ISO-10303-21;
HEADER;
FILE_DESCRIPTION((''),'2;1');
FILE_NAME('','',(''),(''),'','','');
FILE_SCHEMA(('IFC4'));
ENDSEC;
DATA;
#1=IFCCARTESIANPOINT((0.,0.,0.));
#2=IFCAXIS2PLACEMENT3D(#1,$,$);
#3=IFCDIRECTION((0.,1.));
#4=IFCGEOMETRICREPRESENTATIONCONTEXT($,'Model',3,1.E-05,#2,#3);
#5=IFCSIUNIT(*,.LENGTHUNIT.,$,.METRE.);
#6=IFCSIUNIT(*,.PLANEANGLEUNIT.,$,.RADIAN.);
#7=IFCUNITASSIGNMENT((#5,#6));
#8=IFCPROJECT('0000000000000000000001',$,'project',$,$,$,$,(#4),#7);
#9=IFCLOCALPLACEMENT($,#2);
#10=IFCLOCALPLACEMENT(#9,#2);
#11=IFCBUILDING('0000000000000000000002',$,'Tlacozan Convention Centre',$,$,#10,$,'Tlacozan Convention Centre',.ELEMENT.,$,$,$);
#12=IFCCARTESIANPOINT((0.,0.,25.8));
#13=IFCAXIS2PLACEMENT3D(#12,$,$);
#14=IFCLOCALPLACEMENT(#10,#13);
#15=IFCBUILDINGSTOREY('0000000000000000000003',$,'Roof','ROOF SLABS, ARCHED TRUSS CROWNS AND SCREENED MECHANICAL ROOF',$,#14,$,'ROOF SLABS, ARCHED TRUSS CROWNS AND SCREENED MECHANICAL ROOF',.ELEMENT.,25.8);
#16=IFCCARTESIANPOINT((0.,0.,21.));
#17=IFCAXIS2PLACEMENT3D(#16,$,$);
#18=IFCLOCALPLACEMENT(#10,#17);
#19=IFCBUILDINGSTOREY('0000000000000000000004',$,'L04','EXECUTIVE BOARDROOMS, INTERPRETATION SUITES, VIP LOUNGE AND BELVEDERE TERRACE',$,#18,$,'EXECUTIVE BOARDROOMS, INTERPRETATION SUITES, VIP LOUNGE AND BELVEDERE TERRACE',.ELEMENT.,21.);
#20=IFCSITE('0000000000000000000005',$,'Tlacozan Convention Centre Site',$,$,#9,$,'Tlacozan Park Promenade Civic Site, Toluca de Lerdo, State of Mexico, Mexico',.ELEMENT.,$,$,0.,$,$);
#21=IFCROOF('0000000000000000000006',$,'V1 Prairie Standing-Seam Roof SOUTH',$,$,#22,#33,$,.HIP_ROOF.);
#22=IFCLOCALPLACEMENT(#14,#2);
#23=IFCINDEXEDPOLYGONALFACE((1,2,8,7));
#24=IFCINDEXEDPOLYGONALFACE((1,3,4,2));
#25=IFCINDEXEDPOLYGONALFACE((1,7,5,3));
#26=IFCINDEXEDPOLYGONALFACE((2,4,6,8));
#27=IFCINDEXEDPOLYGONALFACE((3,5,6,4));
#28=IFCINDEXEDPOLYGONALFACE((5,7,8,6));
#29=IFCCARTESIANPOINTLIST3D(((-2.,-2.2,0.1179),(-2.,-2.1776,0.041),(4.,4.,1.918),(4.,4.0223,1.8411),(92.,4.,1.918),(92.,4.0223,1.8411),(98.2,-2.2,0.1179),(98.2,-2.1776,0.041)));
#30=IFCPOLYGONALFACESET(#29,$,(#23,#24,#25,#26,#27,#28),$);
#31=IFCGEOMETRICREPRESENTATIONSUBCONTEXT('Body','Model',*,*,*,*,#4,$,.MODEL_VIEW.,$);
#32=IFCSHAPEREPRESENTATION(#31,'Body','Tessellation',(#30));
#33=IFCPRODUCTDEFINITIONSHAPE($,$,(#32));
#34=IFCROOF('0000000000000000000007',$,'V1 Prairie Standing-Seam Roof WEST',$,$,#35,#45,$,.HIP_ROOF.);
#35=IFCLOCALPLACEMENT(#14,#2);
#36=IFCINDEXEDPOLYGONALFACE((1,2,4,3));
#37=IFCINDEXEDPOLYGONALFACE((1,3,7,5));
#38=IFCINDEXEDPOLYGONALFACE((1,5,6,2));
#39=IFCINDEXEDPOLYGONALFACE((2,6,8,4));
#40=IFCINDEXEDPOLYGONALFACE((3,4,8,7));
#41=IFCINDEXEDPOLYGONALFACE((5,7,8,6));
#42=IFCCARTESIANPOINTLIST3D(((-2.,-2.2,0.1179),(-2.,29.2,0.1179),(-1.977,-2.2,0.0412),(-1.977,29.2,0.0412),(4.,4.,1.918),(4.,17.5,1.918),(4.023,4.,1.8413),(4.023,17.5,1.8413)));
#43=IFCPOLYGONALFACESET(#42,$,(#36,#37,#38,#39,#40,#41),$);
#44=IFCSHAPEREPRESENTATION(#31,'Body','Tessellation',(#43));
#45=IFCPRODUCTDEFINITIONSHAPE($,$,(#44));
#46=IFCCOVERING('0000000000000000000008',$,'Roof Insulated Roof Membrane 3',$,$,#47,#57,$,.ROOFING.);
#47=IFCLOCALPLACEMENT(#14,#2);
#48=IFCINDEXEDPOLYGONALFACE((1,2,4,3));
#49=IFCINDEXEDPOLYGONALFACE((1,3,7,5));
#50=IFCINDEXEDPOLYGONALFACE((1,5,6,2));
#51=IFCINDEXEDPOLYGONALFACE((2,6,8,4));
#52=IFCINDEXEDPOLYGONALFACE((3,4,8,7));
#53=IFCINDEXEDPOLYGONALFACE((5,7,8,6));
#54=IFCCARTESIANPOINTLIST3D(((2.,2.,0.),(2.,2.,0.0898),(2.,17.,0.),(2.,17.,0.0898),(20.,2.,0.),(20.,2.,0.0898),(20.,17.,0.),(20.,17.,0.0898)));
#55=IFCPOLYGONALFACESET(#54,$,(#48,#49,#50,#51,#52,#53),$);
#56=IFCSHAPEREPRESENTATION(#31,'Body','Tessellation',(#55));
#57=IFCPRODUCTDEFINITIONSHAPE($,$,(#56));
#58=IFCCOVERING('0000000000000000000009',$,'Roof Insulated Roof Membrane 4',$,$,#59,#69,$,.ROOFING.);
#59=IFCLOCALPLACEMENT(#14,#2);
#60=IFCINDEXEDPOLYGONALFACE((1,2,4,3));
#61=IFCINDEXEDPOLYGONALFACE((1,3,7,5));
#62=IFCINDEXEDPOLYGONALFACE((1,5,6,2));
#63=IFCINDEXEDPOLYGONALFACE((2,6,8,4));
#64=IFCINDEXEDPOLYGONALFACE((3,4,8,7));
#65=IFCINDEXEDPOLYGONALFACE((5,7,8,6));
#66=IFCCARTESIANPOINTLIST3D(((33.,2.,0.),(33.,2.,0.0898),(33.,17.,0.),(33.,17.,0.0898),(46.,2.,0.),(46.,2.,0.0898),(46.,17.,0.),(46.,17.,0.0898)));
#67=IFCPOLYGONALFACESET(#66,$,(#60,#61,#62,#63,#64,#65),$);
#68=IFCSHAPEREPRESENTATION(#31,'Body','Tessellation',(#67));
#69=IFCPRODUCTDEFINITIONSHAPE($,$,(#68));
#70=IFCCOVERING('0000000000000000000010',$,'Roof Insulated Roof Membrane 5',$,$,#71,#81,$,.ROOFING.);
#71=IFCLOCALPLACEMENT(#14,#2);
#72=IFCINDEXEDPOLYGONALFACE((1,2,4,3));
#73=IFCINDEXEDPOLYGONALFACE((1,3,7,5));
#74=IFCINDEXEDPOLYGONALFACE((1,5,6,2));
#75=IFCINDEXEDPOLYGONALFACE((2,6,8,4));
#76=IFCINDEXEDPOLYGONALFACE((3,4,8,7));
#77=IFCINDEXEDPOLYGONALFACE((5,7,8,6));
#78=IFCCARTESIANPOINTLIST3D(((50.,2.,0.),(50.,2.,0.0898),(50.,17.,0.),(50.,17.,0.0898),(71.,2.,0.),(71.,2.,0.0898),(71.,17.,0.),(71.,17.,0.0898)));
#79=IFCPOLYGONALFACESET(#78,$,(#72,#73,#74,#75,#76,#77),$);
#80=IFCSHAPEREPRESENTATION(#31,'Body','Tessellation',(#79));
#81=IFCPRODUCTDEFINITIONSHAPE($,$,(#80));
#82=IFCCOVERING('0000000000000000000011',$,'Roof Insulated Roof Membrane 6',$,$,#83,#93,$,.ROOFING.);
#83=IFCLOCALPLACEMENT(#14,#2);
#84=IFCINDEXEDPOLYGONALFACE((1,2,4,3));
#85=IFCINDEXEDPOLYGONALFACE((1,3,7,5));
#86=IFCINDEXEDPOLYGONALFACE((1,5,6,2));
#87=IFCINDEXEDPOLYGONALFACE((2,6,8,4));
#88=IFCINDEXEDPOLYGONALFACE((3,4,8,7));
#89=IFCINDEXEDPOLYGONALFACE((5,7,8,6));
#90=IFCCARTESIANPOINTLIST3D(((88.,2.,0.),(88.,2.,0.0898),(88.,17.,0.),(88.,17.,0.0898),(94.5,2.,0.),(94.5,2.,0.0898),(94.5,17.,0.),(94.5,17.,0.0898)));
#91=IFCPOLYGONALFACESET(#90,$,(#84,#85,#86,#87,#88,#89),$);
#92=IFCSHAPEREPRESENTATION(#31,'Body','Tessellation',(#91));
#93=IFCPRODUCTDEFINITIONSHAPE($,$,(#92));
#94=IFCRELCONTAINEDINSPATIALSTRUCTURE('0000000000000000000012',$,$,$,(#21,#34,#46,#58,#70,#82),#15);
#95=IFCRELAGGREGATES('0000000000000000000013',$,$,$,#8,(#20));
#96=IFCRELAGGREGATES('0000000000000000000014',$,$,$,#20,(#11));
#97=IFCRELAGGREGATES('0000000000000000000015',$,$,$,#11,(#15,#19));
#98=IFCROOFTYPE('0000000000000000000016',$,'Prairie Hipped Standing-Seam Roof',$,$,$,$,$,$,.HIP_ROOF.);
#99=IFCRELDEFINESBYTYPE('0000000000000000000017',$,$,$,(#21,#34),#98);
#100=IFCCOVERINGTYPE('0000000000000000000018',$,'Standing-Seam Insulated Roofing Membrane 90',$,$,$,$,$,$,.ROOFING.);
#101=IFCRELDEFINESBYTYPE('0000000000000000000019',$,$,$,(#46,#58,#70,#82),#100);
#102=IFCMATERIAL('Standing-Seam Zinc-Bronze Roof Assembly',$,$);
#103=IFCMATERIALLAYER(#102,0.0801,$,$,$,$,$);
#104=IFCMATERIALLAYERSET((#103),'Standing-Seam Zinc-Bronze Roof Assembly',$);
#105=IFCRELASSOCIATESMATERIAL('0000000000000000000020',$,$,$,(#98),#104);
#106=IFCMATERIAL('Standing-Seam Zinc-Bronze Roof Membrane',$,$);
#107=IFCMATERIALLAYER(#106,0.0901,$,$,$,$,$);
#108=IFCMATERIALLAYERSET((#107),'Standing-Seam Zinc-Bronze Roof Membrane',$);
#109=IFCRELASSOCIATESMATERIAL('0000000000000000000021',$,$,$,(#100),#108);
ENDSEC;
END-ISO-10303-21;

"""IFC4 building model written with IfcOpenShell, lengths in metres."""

from ifc_helpers import new_model, si_unit, direction, frame, origin, place, context, subcontext, project, spatial, polyline, outline, extrude, material, layer, layer_set, type_object, element, save


model = new_model("IFC4")

# Units and contexts
model_context = context("Model", 3, precision=1e-05, world=origin(), true_north=direction((0.0, 1.0)))
body_context = subcontext(model_context, "Body", "Model", "MODEL_VIEW")
ifc_project = project(units=[si_unit("LENGTHUNIT", "METRE"), si_unit("PLANEANGLEUNIT", "RADIAN")], contexts=[model_context])

# Site, building, storey
site_placement = place(None, origin())
site = spatial("IfcSite", under=ifc_project, at=site_placement, Name="Tlacozan Convention Centre Site", LongName="Tlacozan Park Promenade Civic Site, Toluca de Lerdo, State of Mexico, Mexico", CompositionType="ELEMENT", RefElevation=0.0)
building_placement = place(site_placement, origin())
building = spatial("IfcBuilding", under=site, at=building_placement, Name="Tlacozan Convention Centre", LongName="Tlacozan Convention Centre", CompositionType="ELEMENT")
storey_1_placement = place(building_placement, frame((0.0, 0.0, 25.8)))
storey_1 = spatial("IfcBuildingStorey", under=building, at=storey_1_placement, Name="Roof", Description="ROOF SLABS, ARCHED TRUSS CROWNS AND SCREENED MECHANICAL ROOF", LongName="ROOF SLABS, ARCHED TRUSS CROWNS AND SCREENED MECHANICAL ROOF", CompositionType="ELEMENT", Elevation=25.8)

# Shared definitions
storey_2_placement = place(building_placement, frame((0.0, 0.0, 21.0)))
storey_2 = spatial("IfcBuildingStorey", under=building, at=storey_2_placement, Name="L04", Description="EXECUTIVE BOARDROOMS, INTERPRETATION SUITES, VIP LOUNGE AND BELVEDERE TERRACE", LongName="EXECUTIVE BOARDROOMS, INTERPRETATION SUITES, VIP LOUNGE AND BELVEDERE TERRACE", CompositionType="ELEMENT", Elevation=21.0)

# Roofs
ifc_material_1 = material(Name="Standing-Seam Zinc-Bronze Roof Assembly")
ifc_layer_1 = layer(ifc_material_1, 0.0801)
ifc_layer_set_1 = layer_set([ifc_layer_1], Name="Standing-Seam Zinc-Bronze Roof Assembly")
roof_type = type_object("IfcRoofType", Name="Prairie Hipped Standing-Seam Roof", PredefinedType="HIP_ROOF", material=ifc_layer_set_1)
roof_1_placement = place(storey_1_placement, frame((-2.0, -2.2, 0.1179), z_axis=(0.0, -0.278819, 0.960344), x_axis=(1.0, 0.0, 0.0)))
element("IfcRoof", 1, at=roof_1_placement, inside=storey_1, type_object=roof_type, Name="V1 Prairie Standing-Seam Roof SOUTH", PredefinedType="HIP_ROOF", context=body_context, shape_type="SweptSolid", body=[
    extrude(outline(polyline([(0.0, 0.0), (100.2, 0.0), (94.0, 6.456), (6.0, 6.456), (0.0, 0.0)])), origin(), (0.0, 0.0, -1.0), 0.0801),
])
roof_2_placement = place(storey_1_placement, frame((-2.0, 29.2, 0.1179), z_axis=(-0.287355, 0.0, 0.957824), x_axis=(0.0, -1.0, 0.0)))
element("IfcRoof", 2, at=roof_2_placement, inside=storey_1, type_object=roof_type, Name="V1 Prairie Standing-Seam Roof WEST", PredefinedType="HIP_ROOF", context=body_context, shape_type="SweptSolid", body=[
    extrude(outline(polyline([(0.0, 0.0), (31.3999, 0.0), (25.2, 6.2642), (11.7, 6.2642), (0.0, 0.0)])), origin(), (0.0, 0.0, -1.0), 0.0801),
])

# Coverings
ifc_material_2 = material(Name="Standing-Seam Zinc-Bronze Roof Membrane")
ifc_layer_2 = layer(ifc_material_2, 0.0901)
ifc_layer_set_2 = layer_set([ifc_layer_2], Name="Standing-Seam Zinc-Bronze Roof Membrane")
covering_type = type_object("IfcCoveringType", Name="Standing-Seam Insulated Roofing Membrane 90", PredefinedType="ROOFING", material=ifc_layer_set_2)
covering_1_placement = place(storey_1_placement, origin())
element("IfcCovering", 3, at=covering_1_placement, inside=storey_1, type_object=covering_type, Name="Roof Insulated Roof Membrane 3", PredefinedType="ROOFING", context=body_context, shape_type="SweptSolid", body=[
    extrude(outline(polyline([(2.0, 2.0), (20.0, 2.0), (20.0, 17.0), (2.0, 17.0), (2.0, 2.0)])), origin(), (0.0, 0.0, 1.0), 0.0898),
])
covering_2_placement = place(storey_1_placement, origin())
element("IfcCovering", 4, at=covering_2_placement, inside=storey_1, type_object=covering_type, Name="Roof Insulated Roof Membrane 4", PredefinedType="ROOFING", context=body_context, shape_type="SweptSolid", body=[
    extrude(outline(polyline([(33.0, 2.0), (46.0, 2.0), (46.0, 17.0), (33.0, 17.0), (33.0, 2.0)])), origin(), (0.0, 0.0, 1.0), 0.0898),
])
covering_3_placement = place(storey_1_placement, origin())
element("IfcCovering", 5, at=covering_3_placement, inside=storey_1, type_object=covering_type, Name="Roof Insulated Roof Membrane 5", PredefinedType="ROOFING", context=body_context, shape_type="SweptSolid", body=[
    extrude(outline(polyline([(50.0, 2.0), (71.0, 2.0), (71.0, 17.0), (50.0, 17.0), (50.0, 2.0)])), origin(), (0.0, 0.0, 1.0), 0.0898),
])
covering_4_placement = place(storey_1_placement, origin())
element("IfcCovering", 6, at=covering_4_placement, inside=storey_1, type_object=covering_type, Name="Roof Insulated Roof Membrane 6", PredefinedType="ROOFING", context=body_context, shape_type="SweptSolid", body=[
    extrude(outline(polyline([(88.0, 2.0), (94.5, 2.0), (94.5, 17.0), (88.0, 17.0), (88.0, 2.0)])), origin(), (0.0, 0.0, 1.0), 0.0898),
])

save(model, "model.ifc")
